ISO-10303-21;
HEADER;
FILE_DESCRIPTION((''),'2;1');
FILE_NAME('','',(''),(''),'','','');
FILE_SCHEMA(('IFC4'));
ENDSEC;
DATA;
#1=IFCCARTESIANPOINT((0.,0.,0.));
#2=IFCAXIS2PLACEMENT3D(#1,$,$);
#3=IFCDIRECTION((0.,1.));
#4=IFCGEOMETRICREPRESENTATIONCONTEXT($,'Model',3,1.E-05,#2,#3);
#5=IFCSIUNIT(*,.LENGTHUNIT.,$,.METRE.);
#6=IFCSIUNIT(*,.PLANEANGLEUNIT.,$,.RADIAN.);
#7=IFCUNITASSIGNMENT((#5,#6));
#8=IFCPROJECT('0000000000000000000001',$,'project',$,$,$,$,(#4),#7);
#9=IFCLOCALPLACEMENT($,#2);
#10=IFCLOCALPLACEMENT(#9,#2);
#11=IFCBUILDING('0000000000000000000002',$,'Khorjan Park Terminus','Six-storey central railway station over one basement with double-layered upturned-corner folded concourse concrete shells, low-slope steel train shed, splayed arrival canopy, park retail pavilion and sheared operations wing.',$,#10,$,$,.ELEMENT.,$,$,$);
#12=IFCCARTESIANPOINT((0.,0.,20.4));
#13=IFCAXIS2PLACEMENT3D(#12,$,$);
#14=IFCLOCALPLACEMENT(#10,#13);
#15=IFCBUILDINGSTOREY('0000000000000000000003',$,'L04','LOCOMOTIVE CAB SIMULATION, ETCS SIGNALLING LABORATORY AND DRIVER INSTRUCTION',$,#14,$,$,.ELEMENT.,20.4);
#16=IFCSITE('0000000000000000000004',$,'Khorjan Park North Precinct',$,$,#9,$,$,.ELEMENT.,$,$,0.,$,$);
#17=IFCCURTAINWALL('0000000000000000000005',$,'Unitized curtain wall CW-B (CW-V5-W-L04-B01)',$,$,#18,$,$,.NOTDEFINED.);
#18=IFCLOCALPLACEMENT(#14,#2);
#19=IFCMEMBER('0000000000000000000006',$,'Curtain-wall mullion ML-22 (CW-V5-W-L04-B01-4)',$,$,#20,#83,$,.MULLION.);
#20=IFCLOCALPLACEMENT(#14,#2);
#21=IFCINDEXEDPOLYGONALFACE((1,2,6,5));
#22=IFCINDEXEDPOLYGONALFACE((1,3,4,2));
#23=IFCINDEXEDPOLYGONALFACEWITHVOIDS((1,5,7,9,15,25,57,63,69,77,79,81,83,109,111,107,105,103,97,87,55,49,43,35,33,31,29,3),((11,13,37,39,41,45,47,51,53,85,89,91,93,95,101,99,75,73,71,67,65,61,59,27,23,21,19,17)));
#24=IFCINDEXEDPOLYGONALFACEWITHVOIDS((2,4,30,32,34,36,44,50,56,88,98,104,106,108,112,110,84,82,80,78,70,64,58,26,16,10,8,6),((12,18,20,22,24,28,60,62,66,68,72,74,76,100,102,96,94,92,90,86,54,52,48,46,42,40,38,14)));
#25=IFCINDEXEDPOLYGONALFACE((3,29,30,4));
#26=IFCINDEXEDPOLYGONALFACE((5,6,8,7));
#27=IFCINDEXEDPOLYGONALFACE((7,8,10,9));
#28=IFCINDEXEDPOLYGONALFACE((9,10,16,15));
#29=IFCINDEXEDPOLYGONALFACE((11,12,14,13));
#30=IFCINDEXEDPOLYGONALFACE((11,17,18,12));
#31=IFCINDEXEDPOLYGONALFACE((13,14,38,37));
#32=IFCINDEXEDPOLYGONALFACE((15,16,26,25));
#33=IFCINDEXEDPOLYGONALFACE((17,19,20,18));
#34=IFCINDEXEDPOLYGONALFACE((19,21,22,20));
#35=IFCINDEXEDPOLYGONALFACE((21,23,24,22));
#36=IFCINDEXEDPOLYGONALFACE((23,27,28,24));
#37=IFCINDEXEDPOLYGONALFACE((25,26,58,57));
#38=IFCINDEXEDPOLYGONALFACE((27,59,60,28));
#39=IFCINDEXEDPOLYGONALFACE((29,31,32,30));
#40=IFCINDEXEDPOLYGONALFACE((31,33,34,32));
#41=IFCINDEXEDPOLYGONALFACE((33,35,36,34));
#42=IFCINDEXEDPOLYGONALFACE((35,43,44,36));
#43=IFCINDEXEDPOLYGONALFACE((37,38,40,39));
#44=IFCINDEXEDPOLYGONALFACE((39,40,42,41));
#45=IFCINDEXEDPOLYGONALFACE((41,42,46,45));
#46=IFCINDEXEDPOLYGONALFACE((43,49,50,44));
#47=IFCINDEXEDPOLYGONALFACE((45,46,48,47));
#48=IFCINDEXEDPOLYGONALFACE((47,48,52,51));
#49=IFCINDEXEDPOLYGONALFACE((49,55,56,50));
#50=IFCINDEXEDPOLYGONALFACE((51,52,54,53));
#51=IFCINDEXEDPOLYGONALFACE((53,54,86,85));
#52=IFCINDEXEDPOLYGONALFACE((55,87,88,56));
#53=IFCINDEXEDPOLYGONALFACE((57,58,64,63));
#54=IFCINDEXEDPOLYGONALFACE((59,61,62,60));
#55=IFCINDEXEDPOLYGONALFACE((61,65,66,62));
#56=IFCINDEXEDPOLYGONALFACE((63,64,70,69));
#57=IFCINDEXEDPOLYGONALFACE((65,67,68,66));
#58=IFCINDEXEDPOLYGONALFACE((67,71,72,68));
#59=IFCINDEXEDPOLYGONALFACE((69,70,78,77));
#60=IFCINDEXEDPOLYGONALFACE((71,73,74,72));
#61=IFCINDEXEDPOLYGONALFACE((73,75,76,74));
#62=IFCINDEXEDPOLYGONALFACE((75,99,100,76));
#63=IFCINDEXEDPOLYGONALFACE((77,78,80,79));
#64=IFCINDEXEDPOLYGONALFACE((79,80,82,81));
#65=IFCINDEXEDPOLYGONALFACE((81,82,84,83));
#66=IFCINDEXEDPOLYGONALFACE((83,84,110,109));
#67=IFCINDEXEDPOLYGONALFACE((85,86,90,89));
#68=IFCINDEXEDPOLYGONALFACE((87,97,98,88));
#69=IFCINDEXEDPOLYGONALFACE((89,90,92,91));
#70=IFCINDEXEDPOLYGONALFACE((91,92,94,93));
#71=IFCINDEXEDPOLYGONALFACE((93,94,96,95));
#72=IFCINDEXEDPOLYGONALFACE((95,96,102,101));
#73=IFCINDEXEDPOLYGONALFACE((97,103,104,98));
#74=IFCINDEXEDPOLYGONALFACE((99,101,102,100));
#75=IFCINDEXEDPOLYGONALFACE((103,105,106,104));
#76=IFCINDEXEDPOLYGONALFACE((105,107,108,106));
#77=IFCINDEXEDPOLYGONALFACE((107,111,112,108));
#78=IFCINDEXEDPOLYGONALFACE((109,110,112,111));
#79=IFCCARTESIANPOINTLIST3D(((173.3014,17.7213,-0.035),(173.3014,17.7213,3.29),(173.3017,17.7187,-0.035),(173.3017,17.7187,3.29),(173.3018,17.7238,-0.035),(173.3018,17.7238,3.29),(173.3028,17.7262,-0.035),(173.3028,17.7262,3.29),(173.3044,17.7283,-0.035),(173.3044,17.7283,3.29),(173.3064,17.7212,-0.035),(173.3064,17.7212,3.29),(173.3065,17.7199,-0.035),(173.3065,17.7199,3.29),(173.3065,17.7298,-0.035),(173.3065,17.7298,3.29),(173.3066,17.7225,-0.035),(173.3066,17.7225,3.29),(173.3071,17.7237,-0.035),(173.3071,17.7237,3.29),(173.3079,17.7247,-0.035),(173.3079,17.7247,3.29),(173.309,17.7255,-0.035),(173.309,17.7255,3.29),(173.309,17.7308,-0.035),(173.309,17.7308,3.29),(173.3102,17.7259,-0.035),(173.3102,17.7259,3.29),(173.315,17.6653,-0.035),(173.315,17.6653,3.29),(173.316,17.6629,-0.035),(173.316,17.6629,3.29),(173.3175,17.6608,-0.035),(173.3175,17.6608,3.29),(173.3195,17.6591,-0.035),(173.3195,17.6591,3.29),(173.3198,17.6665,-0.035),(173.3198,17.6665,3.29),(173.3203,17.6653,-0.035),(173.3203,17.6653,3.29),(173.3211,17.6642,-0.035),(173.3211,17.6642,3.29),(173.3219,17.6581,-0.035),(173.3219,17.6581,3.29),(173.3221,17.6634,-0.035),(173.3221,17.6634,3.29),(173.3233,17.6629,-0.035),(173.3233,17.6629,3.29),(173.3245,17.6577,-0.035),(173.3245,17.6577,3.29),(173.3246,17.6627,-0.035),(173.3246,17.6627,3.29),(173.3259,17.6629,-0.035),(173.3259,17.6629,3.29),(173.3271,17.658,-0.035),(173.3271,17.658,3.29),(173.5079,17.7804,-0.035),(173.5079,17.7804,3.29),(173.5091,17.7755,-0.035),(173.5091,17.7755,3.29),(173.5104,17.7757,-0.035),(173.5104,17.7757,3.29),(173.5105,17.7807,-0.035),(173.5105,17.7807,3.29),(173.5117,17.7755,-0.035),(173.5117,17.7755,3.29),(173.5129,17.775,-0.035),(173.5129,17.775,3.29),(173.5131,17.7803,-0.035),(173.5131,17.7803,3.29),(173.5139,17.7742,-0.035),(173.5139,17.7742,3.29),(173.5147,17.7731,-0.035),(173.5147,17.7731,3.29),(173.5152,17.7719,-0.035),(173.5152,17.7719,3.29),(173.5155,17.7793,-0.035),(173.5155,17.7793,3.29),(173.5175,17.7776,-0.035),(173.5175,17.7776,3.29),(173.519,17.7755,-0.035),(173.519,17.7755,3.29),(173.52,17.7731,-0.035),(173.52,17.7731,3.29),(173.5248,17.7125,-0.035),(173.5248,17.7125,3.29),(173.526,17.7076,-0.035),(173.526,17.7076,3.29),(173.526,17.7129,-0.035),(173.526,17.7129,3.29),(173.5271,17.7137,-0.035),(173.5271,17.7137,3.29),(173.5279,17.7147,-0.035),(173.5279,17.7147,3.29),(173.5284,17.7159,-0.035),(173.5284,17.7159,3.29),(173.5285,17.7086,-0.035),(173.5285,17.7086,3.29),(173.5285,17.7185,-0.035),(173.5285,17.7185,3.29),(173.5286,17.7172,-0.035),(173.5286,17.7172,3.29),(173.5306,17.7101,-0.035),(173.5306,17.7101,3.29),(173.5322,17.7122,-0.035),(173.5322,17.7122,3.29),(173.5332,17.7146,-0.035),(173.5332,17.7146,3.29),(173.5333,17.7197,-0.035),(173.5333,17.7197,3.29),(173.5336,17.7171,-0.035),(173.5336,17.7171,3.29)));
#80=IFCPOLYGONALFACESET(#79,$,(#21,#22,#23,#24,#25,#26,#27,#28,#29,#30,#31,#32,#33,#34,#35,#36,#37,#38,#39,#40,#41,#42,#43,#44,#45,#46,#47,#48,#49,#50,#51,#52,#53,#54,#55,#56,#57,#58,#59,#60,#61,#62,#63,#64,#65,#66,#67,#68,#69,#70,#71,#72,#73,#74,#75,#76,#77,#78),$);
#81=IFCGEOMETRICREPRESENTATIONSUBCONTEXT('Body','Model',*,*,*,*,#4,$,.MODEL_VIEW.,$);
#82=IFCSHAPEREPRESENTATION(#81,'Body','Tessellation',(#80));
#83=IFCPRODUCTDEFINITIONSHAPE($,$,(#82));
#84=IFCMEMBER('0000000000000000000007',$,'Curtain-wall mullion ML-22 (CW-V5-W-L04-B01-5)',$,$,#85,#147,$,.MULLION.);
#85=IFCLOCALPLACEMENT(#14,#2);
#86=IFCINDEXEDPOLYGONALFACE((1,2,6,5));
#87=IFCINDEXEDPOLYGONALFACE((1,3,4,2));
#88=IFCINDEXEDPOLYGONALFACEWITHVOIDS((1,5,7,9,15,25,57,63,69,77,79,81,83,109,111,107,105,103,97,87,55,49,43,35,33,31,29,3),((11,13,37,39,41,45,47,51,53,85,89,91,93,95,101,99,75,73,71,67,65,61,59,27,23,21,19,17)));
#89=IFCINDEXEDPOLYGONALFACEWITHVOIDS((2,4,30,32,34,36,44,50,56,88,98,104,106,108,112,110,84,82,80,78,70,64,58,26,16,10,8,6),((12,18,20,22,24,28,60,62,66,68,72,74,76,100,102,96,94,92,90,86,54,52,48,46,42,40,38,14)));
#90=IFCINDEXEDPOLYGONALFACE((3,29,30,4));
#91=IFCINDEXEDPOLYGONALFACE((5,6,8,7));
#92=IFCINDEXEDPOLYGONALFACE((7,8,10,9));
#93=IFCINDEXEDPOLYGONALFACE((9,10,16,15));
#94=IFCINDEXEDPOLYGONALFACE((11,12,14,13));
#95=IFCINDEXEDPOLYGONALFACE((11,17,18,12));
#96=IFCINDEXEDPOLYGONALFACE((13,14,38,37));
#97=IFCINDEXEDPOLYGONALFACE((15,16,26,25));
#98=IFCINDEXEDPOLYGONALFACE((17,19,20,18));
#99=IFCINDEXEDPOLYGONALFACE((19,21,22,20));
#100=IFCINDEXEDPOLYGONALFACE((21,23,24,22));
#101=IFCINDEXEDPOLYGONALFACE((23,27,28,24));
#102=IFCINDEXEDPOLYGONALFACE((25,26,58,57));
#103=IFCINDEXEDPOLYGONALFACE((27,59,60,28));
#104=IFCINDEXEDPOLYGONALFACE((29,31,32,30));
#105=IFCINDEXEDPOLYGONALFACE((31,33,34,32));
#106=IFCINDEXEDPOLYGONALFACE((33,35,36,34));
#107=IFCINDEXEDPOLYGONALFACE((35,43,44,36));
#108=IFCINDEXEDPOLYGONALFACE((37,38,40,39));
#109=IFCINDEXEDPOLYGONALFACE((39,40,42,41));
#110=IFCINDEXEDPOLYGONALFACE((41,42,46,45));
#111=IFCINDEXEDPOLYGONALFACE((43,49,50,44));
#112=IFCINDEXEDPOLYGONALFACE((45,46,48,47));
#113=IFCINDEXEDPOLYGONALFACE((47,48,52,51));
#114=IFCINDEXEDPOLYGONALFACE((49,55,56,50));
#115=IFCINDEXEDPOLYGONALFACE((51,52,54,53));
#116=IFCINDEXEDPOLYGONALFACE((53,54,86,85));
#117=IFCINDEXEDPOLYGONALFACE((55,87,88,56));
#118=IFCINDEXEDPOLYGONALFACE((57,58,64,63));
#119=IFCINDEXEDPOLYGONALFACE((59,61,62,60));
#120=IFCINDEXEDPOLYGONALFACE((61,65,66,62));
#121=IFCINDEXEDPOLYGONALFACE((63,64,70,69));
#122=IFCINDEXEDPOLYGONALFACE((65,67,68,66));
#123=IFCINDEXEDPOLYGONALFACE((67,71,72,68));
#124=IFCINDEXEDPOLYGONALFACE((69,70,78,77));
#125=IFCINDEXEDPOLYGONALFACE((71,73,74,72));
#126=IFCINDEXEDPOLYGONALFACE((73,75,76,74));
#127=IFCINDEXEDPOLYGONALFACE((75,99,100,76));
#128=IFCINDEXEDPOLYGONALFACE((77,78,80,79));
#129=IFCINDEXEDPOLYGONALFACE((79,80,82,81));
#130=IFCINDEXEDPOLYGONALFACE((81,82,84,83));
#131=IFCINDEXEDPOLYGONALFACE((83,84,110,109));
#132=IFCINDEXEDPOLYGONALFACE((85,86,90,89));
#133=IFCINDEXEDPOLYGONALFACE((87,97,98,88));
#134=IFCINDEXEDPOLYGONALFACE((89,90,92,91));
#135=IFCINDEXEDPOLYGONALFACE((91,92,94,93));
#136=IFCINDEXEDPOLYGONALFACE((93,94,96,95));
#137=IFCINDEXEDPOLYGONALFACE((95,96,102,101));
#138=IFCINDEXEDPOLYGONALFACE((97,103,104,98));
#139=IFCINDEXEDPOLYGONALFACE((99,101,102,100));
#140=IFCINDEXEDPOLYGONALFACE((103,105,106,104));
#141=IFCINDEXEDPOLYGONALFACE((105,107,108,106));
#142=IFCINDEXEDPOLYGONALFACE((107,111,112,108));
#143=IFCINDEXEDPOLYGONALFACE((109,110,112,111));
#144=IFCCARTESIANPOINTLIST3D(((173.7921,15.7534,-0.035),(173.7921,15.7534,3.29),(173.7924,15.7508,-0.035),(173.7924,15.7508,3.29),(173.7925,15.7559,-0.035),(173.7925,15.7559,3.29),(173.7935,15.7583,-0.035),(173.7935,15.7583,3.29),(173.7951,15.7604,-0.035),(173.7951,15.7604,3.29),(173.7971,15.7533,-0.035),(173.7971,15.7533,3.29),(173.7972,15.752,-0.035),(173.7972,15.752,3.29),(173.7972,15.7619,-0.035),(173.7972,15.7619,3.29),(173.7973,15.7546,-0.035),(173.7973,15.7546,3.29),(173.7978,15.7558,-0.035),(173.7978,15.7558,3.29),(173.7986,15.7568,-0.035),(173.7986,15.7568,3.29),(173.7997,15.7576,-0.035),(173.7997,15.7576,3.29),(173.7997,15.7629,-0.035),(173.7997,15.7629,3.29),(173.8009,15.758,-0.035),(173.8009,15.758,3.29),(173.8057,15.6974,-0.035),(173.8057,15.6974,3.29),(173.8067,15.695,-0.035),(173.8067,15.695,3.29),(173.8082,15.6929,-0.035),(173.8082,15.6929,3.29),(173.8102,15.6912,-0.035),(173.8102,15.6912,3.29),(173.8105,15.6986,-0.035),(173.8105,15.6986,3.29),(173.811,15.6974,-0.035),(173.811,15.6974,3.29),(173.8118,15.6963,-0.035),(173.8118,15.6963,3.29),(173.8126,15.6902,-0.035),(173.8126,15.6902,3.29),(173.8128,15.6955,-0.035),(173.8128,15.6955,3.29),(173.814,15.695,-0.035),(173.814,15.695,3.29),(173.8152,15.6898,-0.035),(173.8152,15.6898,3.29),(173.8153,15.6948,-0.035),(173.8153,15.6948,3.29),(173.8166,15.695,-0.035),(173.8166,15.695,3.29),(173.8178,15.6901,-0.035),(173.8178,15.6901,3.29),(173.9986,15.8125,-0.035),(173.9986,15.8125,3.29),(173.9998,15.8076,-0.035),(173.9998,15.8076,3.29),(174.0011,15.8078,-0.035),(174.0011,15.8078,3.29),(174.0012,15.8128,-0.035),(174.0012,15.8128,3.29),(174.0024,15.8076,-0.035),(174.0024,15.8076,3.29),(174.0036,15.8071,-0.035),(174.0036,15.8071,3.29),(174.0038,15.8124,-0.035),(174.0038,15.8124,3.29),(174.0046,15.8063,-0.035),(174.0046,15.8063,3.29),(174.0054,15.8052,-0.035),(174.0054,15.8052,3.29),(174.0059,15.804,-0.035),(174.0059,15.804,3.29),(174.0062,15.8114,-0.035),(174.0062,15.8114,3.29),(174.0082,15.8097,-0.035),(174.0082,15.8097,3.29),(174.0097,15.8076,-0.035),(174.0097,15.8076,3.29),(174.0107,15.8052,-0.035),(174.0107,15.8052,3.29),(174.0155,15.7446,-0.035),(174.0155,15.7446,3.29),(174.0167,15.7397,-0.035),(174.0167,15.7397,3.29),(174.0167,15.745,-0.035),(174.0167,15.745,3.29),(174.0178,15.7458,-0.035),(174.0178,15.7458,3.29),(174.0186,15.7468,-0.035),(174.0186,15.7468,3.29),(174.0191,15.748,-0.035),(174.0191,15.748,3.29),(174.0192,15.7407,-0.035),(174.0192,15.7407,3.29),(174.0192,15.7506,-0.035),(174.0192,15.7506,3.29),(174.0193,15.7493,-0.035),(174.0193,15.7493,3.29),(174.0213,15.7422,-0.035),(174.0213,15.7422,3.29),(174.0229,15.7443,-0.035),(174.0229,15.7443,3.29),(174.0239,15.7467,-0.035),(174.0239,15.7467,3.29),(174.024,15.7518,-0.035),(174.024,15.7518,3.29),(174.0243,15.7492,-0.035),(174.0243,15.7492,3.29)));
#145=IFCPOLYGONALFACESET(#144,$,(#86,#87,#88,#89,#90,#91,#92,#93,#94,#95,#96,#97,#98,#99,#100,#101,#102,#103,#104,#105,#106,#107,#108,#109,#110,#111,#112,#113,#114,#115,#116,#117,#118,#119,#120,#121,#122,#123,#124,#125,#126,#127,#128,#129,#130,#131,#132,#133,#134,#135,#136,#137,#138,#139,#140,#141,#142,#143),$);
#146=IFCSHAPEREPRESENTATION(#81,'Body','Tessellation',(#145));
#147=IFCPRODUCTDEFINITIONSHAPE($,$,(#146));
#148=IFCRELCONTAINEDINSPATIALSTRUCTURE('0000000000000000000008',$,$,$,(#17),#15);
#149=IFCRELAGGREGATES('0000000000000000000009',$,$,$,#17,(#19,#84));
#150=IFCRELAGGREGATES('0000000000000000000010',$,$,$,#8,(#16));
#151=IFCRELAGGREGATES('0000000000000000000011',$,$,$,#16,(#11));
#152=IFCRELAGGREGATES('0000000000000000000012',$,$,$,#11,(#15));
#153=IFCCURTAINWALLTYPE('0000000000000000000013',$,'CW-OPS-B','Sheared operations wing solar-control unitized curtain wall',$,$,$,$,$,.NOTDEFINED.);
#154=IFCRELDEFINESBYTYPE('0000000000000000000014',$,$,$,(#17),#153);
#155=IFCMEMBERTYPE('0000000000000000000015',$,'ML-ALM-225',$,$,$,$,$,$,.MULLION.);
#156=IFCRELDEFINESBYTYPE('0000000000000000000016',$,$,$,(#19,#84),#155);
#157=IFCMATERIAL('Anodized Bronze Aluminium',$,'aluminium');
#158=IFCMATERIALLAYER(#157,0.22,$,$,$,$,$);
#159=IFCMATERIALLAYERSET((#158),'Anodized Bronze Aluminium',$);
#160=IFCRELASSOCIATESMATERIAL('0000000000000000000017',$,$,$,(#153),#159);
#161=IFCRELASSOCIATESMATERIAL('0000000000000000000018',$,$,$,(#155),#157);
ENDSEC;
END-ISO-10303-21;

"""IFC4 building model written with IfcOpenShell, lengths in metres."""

from ifc_helpers import new_model, si_unit, direction, frame, origin, origin_2d, place, context, subcontext, project, spatial, hollow_rectangle, extrude, material, layer, layer_set, material_profile, profile_set, type_object, element, aggregate, save


model = new_model("IFC4")

# Units and contexts
model_context = context("Model", 3, precision=1e-05, world=origin(), true_north=direction((0.0, 1.0)))
body_context = subcontext(model_context, "Body", "Model", "MODEL_VIEW")
ifc_project = project(units=[si_unit("LENGTHUNIT", "METRE"), si_unit("PLANEANGLEUNIT", "RADIAN")], contexts=[model_context])

# Site, building, storey
site_placement = place(None, origin())
site = spatial("IfcSite", under=ifc_project, at=site_placement, Name="Khorjan Park North Precinct", CompositionType="ELEMENT", RefElevation=0.0)
building_placement = place(site_placement, origin())
building = spatial("IfcBuilding", under=site, at=building_placement, Name="Khorjan Park Terminus", Description="Six-storey central railway station over one basement with double-layered upturned-corner folded concourse concrete shells, low-slope steel train shed, splayed arrival canopy, park retail pavilion and sheared operations wing.", CompositionType="ELEMENT")
storey_placement = place(building_placement, frame((0.0, 0.0, 20.4)))
storey = spatial("IfcBuildingStorey", under=building, at=storey_placement, Name="L04", Description="LOCOMOTIVE CAB SIMULATION, ETCS SIGNALLING LABORATORY AND DRIVER INSTRUCTION", CompositionType="ELEMENT", Elevation=20.4)

# Curtain wall, members
ifc_material_1 = material(Name="Anodized Bronze Aluminium", Category="aluminium")
ifc_layer_1 = layer(ifc_material_1, 0.22)
ifc_layer_set_1 = layer_set([ifc_layer_1], Name="Anodized Bronze Aluminium")
curtain_wall_type = type_object("IfcCurtainWallType", Name="CW-OPS-B", Description="Sheared operations wing solar-control unitized curtain wall", PredefinedType="NOTDEFINED", material=ifc_layer_set_1)
curtain_wall_placement = place(storey_placement, origin())
curtain_wall = element("IfcCurtainWall", 1, at=curtain_wall_placement, inside=storey, type_object=curtain_wall_type, Name="Unitized curtain wall CW-B (CW-V5-W-L04-B01)", PredefinedType="NOTDEFINED")
ifc_material_profile_1 = material_profile(ifc_material_1, hollow_rectangle(XDim=0.075, YDim=0.225, WallThickness=0.005, InnerFilletRadius=0.005, OuterFilletRadius=0.01, at=origin_2d()), Name="ALM 75x225x5")
ifc_profile_set_1 = profile_set([ifc_material_profile_1], Name="Anodized Bronze Aluminium")
member_type_1 = type_object("IfcMemberType", Name="ML-ALM-225", PredefinedType="MULLION", material=ifc_profile_set_1)
member_1_placement = place(storey_placement, frame((173.4175, 17.7192, -0.035), z_axis=(0.0, 0.0, 1.0), x_axis=(0.241928, -0.970294, 0.0)))
member_1 = element("IfcMember", 2, at=member_1_placement, type_object=member_type_1, Name="Curtain-wall mullion ML-22 (CW-V5-W-L04-B01-4)", PredefinedType="MULLION", context=body_context, shape_type="SweptSolid", body=[
    extrude(hollow_rectangle(XDim=0.075, YDim=0.225, WallThickness=0.005, InnerFilletRadius=0.005, OuterFilletRadius=0.01, at=origin_2d()), origin(), (0.0, 0.0, 1.0), 3.325),
])
member_2_placement = place(storey_placement, frame((173.9082, 15.7513, -0.035), z_axis=(0.0, 0.0, 1.0), x_axis=(0.241928, -0.970294, 0.0)))
member_2 = element("IfcMember", 3, at=member_2_placement, type_object=member_type_1, Name="Curtain-wall mullion ML-22 (CW-V5-W-L04-B01-5)", PredefinedType="MULLION", context=body_context, shape_type="SweptSolid", body=[
    extrude(hollow_rectangle(XDim=0.075, YDim=0.225, WallThickness=0.005, InnerFilletRadius=0.005, OuterFilletRadius=0.01, at=origin_2d()), origin(), (0.0, 0.0, 1.0), 3.325),
])
aggregate(curtain_wall, [member_1, member_2])

save(model, "model.ifc")
